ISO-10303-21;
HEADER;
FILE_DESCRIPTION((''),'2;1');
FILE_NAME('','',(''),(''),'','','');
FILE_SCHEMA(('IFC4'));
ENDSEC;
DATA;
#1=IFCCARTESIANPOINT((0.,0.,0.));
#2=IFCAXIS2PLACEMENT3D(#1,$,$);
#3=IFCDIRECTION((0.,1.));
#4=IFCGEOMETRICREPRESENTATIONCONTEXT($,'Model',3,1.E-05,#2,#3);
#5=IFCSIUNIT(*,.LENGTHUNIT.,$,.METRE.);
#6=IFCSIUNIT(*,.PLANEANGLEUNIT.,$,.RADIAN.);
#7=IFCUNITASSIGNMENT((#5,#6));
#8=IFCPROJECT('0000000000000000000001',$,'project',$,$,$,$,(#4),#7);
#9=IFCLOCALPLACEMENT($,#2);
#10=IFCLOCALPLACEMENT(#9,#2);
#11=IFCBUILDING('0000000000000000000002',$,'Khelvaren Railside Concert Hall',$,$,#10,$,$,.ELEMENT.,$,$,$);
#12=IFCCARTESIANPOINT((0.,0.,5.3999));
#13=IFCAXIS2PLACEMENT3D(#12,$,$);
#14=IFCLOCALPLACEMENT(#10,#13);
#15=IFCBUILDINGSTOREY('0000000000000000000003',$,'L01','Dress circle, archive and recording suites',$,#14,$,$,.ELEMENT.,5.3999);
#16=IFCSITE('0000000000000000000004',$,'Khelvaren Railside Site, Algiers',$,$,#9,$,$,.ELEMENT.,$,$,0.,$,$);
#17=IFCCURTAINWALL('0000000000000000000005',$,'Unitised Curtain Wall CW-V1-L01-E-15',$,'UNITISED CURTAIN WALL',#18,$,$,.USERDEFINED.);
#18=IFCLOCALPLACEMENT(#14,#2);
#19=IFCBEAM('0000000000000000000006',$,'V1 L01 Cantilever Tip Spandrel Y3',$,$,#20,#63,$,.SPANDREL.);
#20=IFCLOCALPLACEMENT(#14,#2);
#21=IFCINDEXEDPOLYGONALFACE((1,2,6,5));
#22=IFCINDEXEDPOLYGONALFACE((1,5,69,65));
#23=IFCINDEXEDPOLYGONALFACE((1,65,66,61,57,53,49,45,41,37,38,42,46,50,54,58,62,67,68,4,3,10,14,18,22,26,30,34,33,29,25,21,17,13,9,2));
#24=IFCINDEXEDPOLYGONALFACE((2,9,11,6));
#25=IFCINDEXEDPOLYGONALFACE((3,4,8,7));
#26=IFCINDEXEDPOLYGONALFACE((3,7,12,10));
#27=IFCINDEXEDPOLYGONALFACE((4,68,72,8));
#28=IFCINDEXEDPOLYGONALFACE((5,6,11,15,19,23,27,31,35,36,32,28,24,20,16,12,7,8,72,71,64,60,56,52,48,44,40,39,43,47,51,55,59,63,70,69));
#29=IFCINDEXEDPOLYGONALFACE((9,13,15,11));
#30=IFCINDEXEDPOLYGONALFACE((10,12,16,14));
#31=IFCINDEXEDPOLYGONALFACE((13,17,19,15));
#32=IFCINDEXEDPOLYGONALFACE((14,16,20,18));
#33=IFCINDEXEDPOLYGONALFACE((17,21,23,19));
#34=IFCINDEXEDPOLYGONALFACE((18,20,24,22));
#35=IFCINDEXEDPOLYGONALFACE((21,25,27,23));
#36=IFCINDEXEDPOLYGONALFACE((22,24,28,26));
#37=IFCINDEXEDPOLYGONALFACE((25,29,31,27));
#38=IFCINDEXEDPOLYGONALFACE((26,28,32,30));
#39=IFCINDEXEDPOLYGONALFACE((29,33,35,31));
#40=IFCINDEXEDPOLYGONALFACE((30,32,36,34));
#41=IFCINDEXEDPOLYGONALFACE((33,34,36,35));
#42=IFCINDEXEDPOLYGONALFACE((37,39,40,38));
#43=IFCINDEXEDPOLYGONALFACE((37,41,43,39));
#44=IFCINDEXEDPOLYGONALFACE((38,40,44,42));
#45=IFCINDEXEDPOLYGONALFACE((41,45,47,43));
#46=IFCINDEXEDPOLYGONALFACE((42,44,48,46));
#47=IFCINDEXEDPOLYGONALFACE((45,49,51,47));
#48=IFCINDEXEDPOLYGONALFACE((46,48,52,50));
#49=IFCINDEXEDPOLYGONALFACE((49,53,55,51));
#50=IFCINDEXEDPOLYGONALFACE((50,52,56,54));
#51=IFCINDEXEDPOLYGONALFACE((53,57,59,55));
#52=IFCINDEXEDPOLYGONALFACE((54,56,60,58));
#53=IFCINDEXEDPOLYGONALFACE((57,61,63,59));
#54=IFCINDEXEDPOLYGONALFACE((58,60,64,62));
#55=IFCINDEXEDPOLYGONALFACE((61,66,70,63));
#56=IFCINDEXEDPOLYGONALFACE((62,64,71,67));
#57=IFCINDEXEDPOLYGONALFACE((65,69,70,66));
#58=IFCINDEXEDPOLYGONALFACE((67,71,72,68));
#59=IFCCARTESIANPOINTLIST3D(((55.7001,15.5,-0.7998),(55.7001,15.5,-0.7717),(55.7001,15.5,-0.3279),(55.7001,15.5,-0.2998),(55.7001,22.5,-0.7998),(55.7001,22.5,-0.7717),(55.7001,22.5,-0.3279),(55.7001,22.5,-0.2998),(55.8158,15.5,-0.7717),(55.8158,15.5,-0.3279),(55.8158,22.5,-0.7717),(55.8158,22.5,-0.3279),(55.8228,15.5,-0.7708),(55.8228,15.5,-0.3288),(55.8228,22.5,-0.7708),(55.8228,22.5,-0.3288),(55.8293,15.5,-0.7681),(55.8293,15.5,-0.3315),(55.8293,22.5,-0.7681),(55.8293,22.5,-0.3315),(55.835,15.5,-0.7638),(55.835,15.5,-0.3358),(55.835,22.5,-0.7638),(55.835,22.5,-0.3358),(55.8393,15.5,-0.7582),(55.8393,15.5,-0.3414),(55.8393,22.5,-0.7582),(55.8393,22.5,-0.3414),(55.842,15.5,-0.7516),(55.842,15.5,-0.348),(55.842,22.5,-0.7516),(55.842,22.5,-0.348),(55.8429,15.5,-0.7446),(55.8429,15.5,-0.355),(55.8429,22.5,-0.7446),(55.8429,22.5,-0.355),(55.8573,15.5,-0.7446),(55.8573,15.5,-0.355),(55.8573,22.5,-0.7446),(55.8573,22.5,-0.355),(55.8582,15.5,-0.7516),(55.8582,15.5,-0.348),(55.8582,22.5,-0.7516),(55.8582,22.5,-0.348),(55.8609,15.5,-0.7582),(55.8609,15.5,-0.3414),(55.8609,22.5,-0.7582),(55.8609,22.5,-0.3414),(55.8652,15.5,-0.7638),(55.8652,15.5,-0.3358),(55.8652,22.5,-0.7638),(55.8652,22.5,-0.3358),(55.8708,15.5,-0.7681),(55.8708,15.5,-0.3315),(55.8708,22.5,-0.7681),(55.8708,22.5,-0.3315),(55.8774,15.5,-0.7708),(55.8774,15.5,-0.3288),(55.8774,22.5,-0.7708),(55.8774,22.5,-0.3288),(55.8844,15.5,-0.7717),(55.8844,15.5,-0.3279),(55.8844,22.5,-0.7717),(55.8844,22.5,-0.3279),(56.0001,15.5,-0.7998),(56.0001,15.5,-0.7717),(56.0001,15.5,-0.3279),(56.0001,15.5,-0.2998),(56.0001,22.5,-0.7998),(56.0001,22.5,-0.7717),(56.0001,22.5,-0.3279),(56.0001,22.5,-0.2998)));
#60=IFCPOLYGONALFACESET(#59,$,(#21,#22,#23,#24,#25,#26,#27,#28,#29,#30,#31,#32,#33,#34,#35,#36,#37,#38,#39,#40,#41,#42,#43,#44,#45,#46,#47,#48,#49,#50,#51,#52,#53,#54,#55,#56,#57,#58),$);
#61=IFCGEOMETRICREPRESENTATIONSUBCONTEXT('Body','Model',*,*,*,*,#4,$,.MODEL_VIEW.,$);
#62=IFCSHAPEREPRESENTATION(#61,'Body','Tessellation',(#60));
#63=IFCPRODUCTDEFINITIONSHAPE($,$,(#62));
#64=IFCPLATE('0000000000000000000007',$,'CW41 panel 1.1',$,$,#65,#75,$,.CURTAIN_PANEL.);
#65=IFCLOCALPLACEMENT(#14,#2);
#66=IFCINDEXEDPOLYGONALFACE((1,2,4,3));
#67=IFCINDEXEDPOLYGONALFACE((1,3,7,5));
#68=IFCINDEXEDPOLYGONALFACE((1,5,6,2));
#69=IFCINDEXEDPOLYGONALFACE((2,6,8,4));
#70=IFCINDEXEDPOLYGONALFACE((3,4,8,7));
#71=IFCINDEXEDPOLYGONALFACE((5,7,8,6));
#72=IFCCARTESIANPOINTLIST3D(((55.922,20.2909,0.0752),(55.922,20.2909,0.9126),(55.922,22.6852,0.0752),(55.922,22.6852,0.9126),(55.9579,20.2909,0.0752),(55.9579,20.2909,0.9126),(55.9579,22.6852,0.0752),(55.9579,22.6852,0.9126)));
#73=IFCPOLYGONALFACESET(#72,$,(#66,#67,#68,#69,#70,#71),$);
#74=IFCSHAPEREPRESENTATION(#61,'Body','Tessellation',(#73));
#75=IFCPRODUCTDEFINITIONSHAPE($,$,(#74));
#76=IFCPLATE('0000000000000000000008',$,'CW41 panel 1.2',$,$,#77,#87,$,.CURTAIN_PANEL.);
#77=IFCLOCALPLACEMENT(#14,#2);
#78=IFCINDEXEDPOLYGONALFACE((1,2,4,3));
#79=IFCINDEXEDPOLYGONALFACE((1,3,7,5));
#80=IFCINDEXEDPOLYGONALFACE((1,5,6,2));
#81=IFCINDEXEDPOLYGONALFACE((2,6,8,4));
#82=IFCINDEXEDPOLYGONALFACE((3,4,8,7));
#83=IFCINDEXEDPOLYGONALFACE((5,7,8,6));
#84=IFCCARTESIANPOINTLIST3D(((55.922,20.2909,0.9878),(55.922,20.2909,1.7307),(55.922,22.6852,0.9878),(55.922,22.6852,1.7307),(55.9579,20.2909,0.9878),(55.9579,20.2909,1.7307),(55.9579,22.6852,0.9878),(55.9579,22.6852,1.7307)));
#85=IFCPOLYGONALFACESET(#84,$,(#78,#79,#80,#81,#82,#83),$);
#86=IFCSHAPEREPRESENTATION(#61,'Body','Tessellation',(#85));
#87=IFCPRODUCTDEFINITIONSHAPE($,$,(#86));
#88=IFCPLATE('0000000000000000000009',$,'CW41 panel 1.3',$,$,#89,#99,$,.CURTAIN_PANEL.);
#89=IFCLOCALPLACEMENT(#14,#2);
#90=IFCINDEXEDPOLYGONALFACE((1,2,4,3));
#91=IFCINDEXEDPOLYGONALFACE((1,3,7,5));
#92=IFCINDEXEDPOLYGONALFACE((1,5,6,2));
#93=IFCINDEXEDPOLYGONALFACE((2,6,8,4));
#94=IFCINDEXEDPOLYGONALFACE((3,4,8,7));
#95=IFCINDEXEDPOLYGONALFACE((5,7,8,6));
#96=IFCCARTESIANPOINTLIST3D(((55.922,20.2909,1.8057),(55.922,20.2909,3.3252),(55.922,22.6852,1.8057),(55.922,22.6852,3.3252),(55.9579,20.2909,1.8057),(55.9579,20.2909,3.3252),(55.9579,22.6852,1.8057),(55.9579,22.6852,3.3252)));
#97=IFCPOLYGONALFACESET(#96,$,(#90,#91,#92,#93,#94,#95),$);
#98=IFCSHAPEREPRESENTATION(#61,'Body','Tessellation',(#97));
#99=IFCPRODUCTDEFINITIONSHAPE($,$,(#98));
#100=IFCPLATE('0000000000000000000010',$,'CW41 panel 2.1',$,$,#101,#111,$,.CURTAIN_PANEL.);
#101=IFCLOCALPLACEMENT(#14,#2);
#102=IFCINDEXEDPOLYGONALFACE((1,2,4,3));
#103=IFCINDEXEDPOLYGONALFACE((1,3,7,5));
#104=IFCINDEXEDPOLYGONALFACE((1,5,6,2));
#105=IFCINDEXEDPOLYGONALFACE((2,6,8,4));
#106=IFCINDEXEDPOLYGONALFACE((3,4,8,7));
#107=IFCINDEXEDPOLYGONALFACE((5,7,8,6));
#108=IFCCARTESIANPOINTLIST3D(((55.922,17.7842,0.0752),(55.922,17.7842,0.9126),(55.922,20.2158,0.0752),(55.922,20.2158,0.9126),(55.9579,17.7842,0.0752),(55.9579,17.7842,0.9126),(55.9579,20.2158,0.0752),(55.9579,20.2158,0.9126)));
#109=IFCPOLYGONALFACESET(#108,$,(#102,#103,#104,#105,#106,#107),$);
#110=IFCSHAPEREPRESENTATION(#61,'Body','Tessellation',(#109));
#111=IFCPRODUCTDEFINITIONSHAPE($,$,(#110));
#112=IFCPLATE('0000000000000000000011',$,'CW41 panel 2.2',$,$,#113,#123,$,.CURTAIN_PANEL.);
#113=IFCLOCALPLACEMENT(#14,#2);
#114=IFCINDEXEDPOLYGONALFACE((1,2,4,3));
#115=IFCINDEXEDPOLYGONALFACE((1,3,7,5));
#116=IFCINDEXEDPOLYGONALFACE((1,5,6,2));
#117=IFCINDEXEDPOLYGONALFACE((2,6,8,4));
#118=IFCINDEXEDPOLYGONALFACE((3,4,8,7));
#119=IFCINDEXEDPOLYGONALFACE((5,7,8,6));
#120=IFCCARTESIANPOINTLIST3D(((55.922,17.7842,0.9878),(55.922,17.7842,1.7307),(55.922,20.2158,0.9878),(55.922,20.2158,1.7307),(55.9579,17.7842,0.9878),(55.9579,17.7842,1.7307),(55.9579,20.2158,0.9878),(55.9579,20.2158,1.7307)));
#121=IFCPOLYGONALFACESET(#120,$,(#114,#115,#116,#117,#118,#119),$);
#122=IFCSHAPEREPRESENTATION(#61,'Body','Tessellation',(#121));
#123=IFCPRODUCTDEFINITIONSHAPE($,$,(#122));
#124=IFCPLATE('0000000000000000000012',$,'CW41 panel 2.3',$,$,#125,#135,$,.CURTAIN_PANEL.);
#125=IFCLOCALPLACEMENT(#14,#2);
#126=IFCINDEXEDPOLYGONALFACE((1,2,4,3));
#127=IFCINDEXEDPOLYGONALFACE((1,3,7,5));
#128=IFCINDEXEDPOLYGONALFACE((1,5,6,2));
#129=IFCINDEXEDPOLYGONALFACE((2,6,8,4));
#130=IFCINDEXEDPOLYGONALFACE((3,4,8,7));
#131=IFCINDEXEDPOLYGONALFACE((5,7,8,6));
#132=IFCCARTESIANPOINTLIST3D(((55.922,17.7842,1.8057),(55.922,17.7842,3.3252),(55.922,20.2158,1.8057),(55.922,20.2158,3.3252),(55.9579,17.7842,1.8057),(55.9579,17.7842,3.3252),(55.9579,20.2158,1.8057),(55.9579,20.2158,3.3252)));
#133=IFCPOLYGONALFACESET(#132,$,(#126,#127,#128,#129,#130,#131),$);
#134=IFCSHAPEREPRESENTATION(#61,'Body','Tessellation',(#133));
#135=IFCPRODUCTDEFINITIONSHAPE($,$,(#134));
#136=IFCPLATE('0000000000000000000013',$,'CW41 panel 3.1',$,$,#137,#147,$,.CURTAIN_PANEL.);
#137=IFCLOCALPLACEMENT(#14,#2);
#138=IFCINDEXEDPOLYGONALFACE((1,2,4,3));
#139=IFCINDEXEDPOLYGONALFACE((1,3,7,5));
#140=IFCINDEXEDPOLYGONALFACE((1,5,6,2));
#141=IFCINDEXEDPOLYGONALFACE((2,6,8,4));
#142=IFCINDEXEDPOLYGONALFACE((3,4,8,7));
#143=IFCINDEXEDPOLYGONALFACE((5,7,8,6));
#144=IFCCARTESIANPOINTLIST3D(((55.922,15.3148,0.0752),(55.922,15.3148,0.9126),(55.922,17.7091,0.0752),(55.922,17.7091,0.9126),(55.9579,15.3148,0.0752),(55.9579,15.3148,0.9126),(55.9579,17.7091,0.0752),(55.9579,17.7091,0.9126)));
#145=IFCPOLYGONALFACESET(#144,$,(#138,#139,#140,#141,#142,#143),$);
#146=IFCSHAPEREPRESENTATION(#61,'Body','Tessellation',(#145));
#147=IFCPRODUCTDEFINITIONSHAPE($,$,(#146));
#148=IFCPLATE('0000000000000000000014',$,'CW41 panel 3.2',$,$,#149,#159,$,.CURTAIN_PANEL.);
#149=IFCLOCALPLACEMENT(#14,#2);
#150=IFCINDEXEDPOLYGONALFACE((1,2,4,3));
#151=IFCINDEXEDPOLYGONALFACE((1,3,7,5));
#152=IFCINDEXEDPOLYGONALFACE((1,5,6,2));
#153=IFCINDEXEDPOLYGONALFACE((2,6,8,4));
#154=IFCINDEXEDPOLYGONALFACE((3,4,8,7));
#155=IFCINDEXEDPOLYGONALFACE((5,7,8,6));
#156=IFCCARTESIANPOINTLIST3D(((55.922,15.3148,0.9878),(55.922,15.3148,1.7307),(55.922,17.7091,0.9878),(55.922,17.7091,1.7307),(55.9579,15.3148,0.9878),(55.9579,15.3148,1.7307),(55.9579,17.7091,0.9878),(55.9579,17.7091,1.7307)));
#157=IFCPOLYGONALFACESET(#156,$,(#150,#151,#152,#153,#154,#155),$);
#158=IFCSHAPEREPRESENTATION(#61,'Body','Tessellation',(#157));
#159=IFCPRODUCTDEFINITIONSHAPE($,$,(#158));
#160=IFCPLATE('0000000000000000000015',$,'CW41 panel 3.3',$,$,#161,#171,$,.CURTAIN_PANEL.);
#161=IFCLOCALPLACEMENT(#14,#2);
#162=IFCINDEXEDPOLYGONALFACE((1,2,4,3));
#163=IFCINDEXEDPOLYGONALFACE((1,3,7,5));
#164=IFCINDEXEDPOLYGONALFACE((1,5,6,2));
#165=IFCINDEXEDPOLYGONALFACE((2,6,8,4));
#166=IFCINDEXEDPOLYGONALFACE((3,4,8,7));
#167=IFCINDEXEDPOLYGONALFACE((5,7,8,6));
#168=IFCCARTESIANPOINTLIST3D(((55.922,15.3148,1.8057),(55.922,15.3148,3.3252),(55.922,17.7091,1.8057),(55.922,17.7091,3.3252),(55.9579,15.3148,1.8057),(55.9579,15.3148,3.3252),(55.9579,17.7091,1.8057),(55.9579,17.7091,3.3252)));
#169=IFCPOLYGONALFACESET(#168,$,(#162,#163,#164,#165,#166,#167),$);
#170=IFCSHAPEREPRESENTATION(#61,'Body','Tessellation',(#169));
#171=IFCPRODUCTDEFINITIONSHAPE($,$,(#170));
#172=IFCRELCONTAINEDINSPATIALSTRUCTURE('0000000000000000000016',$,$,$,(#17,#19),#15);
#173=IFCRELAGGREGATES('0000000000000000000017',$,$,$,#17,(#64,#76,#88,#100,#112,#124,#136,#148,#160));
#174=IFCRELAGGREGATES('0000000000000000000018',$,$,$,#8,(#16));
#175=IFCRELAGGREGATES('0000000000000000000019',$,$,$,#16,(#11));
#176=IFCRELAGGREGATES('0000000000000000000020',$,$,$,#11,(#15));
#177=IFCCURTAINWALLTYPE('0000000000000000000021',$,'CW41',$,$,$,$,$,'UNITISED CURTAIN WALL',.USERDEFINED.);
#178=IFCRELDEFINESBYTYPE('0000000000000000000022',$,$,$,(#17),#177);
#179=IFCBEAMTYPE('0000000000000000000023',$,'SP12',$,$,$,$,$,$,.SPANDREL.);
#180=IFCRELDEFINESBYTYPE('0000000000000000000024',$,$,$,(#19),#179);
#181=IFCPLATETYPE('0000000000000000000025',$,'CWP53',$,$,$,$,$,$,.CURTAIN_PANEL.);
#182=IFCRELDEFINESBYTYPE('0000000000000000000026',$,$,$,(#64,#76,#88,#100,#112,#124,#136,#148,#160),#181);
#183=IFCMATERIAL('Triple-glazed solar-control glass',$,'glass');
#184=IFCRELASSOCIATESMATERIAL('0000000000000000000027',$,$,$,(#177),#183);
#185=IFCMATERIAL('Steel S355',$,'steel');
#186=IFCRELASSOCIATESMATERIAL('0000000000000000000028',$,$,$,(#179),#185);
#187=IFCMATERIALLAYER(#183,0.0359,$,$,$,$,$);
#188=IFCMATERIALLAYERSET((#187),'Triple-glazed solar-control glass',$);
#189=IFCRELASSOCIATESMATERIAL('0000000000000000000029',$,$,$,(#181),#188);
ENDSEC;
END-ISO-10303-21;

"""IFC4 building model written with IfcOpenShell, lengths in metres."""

from ifc_helpers import new_model, si_unit, direction, frame, origin, origin_2d, place, context, subcontext, project, spatial, rectangle, i_section, extrude, material, layer, layer_set, material_profile, profile_set, type_object, element, aggregate, save


model = new_model("IFC4")

# Units and contexts
model_context = context("Model", 3, precision=1e-05, world=origin(), true_north=direction((0.0, 1.0)))
body_context = subcontext(model_context, "Body", "Model", "MODEL_VIEW")
ifc_project = project(units=[si_unit("LENGTHUNIT", "METRE"), si_unit("PLANEANGLEUNIT", "RADIAN")], contexts=[model_context])

# Site, building, storey
site_placement = place(None, origin())
site = spatial("IfcSite", under=ifc_project, at=site_placement, Name="Khelvaren Railside Site, Algiers", CompositionType="ELEMENT", RefElevation=0.0)
building_placement = place(site_placement, origin())
building = spatial("IfcBuilding", under=site, at=building_placement, Name="Khelvaren Railside Concert Hall", CompositionType="ELEMENT")
storey_placement = place(building_placement, frame((0.0, 0.0, 5.3999)))
storey = spatial("IfcBuildingStorey", under=building, at=storey_placement, Name="L01", Description="Dress circle, archive and recording suites", CompositionType="ELEMENT", Elevation=5.3999)

# Curtain wall
ifc_material_1 = material(Name="Triple-glazed solar-control glass", Category="glass")
curtain_wall_type = type_object("IfcCurtainWallType", Name="CW41", ElementType="UNITISED CURTAIN WALL", PredefinedType="USERDEFINED", material=ifc_material_1)
curtain_wall_placement = place(storey_placement, origin())
curtain_wall = element("IfcCurtainWall", 1, at=curtain_wall_placement, inside=storey, type_object=curtain_wall_type, Name="Unitised Curtain Wall CW-V1-L01-E-15", ObjectType="UNITISED CURTAIN WALL", PredefinedType="USERDEFINED")

# Beam
ifc_material_2 = material(Name="Steel S355", Category="steel")
ifc_material_profile_1 = material_profile(ifc_material_2, i_section(OverallWidth=0.3, OverallDepth=0.5, WebThickness=0.0144, FlangeThickness=0.0281, FilletRadius=0.0271, at=origin_2d()), Name="HEB 500")
ifc_profile_set_1 = profile_set([ifc_material_profile_1], Name="Steel S355")
beam_type_1 = type_object("IfcBeamType", Name="SP12", PredefinedType="SPANDREL", material=ifc_profile_set_1)
beam_1_placement = place(storey_placement, frame((55.8501, 15.5, -0.5498), z_axis=(0.0, 1.0, 0.0), x_axis=(-1.0, 0.0, 0.0)))
element("IfcBeam", 2, at=beam_1_placement, inside=storey, type_object=beam_type_1, Name="V1 L01 Cantilever Tip Spandrel Y3", PredefinedType="SPANDREL", context=body_context, shape_type="SweptSolid", body=[
    extrude(i_section(OverallWidth=0.3, OverallDepth=0.5, WebThickness=0.0144, FlangeThickness=0.0281, FilletRadius=0.0271, at=origin_2d()), origin(), (0.0, 0.0, 1.0), 7.0),
])

# Plates
ifc_layer = layer(ifc_material_1, 0.0359)
ifc_layer_set = layer_set([ifc_layer], Name="Triple-glazed solar-control glass")
plate_type = type_object("IfcPlateType", Name="CWP53", PredefinedType="CURTAIN_PANEL", material=ifc_layer_set)
plate_1_placement = place(storey_placement, frame((55.9399, 21.488, 0.0752), z_axis=(0.0, 0.0, 1.0), x_axis=(0.0, -1.0, 0.0)))
plate_1 = element("IfcPlate", 3, at=plate_1_placement, type_object=plate_type, Name="CW41 panel 1.1", PredefinedType="CURTAIN_PANEL", context=body_context, shape_type="SweptSolid", body=[
    extrude(rectangle(XDim=2.3943, YDim=0.0359, at=origin_2d()), origin(), (0.0, 0.0, 1.0), 0.8374),
])
plate_2_placement = place(storey_placement, frame((55.9399, 21.488, 0.9878), z_axis=(0.0, 0.0, 1.0), x_axis=(0.0, -1.0, 0.0)))
plate_2 = element("IfcPlate", 4, at=plate_2_placement, type_object=plate_type, Name="CW41 panel 1.2", PredefinedType="CURTAIN_PANEL", context=body_context, shape_type="SweptSolid", body=[
    extrude(rectangle(XDim=2.3943, YDim=0.0359, at=origin_2d()), origin(), (0.0, 0.0, 1.0), 0.7429),
])
plate_3_placement = place(storey_placement, frame((55.9399, 21.488, 1.8057), z_axis=(0.0, 0.0, 1.0), x_axis=(0.0, -1.0, 0.0)))
plate_3 = element("IfcPlate", 5, at=plate_3_placement, type_object=plate_type, Name="CW41 panel 1.3", PredefinedType="CURTAIN_PANEL", context=body_context, shape_type="SweptSolid", body=[
    extrude(rectangle(XDim=2.3943, YDim=0.0359, at=origin_2d()), origin(), (0.0, 0.0, 1.0), 1.5195),
])
plate_4_placement = place(storey_placement, frame((55.9399, 19.0, 0.0752), z_axis=(0.0, 0.0, 1.0), x_axis=(0.0, -1.0, 0.0)))
plate_4 = element("IfcPlate", 6, at=plate_4_placement, type_object=plate_type, Name="CW41 panel 2.1", PredefinedType="CURTAIN_PANEL", context=body_context, shape_type="SweptSolid", body=[
    extrude(rectangle(XDim=2.4316, YDim=0.0359, at=origin_2d()), origin(), (0.0, 0.0, 1.0), 0.8374),
])
plate_5_placement = place(storey_placement, frame((55.9399, 19.0, 0.9878), z_axis=(0.0, 0.0, 1.0), x_axis=(0.0, -1.0, 0.0)))
plate_5 = element("IfcPlate", 7, at=plate_5_placement, type_object=plate_type, Name="CW41 panel 2.2", PredefinedType="CURTAIN_PANEL", context=body_context, shape_type="SweptSolid", body=[
    extrude(rectangle(XDim=2.4316, YDim=0.0359, at=origin_2d()), origin(), (0.0, 0.0, 1.0), 0.7429),
])
plate_6_placement = place(storey_placement, frame((55.9399, 19.0, 1.8057), z_axis=(0.0, 0.0, 1.0), x_axis=(0.0, -1.0, 0.0)))
plate_6 = element("IfcPlate", 8, at=plate_6_placement, type_object=plate_type, Name="CW41 panel 2.3", PredefinedType="CURTAIN_PANEL", context=body_context, shape_type="SweptSolid", body=[
    extrude(rectangle(XDim=2.4316, YDim=0.0359, at=origin_2d()), origin(), (0.0, 0.0, 1.0), 1.5195),
])
plate_7_placement = place(storey_placement, frame((55.9399, 16.512, 0.0752), z_axis=(0.0, 0.0, 1.0), x_axis=(0.0, -1.0, 0.0)))
plate_7 = element("IfcPlate", 9, at=plate_7_placement, type_object=plate_type, Name="CW41 panel 3.1", PredefinedType="CURTAIN_PANEL", context=body_context, shape_type="SweptSolid", body=[
    extrude(rectangle(XDim=2.3943, YDim=0.0359, at=origin_2d()), origin(), (0.0, 0.0, 1.0), 0.8374),
])
plate_8_placement = place(storey_placement, frame((55.9399, 16.512, 0.9878), z_axis=(0.0, 0.0, 1.0), x_axis=(0.0, -1.0, 0.0)))
plate_8 = element("IfcPlate", 10, at=plate_8_placement, type_object=plate_type, Name="CW41 panel 3.2", PredefinedType="CURTAIN_PANEL", context=body_context, shape_type="SweptSolid", body=[
    extrude(rectangle(XDim=2.3943, YDim=0.0359, at=origin_2d()), origin(), (0.0, 0.0, 1.0), 0.7429),
])
plate_9_placement = place(storey_placement, frame((55.9399, 16.512, 1.8057), z_axis=(0.0, 0.0, 1.0), x_axis=(0.0, -1.0, 0.0)))
plate_9 = element("IfcPlate", 11, at=plate_9_placement, type_object=plate_type, Name="CW41 panel 3.3", PredefinedType="CURTAIN_PANEL", context=body_context, shape_type="SweptSolid", body=[
    extrude(rectangle(XDim=2.3943, YDim=0.0359, at=origin_2d()), origin(), (0.0, 0.0, 1.0), 1.5195),
])
aggregate(curtain_wall, [plate_1, plate_2, plate_3, plate_4, plate_5, plate_6, plate_7, plate_8, plate_9])

save(model, "model.ifc")
